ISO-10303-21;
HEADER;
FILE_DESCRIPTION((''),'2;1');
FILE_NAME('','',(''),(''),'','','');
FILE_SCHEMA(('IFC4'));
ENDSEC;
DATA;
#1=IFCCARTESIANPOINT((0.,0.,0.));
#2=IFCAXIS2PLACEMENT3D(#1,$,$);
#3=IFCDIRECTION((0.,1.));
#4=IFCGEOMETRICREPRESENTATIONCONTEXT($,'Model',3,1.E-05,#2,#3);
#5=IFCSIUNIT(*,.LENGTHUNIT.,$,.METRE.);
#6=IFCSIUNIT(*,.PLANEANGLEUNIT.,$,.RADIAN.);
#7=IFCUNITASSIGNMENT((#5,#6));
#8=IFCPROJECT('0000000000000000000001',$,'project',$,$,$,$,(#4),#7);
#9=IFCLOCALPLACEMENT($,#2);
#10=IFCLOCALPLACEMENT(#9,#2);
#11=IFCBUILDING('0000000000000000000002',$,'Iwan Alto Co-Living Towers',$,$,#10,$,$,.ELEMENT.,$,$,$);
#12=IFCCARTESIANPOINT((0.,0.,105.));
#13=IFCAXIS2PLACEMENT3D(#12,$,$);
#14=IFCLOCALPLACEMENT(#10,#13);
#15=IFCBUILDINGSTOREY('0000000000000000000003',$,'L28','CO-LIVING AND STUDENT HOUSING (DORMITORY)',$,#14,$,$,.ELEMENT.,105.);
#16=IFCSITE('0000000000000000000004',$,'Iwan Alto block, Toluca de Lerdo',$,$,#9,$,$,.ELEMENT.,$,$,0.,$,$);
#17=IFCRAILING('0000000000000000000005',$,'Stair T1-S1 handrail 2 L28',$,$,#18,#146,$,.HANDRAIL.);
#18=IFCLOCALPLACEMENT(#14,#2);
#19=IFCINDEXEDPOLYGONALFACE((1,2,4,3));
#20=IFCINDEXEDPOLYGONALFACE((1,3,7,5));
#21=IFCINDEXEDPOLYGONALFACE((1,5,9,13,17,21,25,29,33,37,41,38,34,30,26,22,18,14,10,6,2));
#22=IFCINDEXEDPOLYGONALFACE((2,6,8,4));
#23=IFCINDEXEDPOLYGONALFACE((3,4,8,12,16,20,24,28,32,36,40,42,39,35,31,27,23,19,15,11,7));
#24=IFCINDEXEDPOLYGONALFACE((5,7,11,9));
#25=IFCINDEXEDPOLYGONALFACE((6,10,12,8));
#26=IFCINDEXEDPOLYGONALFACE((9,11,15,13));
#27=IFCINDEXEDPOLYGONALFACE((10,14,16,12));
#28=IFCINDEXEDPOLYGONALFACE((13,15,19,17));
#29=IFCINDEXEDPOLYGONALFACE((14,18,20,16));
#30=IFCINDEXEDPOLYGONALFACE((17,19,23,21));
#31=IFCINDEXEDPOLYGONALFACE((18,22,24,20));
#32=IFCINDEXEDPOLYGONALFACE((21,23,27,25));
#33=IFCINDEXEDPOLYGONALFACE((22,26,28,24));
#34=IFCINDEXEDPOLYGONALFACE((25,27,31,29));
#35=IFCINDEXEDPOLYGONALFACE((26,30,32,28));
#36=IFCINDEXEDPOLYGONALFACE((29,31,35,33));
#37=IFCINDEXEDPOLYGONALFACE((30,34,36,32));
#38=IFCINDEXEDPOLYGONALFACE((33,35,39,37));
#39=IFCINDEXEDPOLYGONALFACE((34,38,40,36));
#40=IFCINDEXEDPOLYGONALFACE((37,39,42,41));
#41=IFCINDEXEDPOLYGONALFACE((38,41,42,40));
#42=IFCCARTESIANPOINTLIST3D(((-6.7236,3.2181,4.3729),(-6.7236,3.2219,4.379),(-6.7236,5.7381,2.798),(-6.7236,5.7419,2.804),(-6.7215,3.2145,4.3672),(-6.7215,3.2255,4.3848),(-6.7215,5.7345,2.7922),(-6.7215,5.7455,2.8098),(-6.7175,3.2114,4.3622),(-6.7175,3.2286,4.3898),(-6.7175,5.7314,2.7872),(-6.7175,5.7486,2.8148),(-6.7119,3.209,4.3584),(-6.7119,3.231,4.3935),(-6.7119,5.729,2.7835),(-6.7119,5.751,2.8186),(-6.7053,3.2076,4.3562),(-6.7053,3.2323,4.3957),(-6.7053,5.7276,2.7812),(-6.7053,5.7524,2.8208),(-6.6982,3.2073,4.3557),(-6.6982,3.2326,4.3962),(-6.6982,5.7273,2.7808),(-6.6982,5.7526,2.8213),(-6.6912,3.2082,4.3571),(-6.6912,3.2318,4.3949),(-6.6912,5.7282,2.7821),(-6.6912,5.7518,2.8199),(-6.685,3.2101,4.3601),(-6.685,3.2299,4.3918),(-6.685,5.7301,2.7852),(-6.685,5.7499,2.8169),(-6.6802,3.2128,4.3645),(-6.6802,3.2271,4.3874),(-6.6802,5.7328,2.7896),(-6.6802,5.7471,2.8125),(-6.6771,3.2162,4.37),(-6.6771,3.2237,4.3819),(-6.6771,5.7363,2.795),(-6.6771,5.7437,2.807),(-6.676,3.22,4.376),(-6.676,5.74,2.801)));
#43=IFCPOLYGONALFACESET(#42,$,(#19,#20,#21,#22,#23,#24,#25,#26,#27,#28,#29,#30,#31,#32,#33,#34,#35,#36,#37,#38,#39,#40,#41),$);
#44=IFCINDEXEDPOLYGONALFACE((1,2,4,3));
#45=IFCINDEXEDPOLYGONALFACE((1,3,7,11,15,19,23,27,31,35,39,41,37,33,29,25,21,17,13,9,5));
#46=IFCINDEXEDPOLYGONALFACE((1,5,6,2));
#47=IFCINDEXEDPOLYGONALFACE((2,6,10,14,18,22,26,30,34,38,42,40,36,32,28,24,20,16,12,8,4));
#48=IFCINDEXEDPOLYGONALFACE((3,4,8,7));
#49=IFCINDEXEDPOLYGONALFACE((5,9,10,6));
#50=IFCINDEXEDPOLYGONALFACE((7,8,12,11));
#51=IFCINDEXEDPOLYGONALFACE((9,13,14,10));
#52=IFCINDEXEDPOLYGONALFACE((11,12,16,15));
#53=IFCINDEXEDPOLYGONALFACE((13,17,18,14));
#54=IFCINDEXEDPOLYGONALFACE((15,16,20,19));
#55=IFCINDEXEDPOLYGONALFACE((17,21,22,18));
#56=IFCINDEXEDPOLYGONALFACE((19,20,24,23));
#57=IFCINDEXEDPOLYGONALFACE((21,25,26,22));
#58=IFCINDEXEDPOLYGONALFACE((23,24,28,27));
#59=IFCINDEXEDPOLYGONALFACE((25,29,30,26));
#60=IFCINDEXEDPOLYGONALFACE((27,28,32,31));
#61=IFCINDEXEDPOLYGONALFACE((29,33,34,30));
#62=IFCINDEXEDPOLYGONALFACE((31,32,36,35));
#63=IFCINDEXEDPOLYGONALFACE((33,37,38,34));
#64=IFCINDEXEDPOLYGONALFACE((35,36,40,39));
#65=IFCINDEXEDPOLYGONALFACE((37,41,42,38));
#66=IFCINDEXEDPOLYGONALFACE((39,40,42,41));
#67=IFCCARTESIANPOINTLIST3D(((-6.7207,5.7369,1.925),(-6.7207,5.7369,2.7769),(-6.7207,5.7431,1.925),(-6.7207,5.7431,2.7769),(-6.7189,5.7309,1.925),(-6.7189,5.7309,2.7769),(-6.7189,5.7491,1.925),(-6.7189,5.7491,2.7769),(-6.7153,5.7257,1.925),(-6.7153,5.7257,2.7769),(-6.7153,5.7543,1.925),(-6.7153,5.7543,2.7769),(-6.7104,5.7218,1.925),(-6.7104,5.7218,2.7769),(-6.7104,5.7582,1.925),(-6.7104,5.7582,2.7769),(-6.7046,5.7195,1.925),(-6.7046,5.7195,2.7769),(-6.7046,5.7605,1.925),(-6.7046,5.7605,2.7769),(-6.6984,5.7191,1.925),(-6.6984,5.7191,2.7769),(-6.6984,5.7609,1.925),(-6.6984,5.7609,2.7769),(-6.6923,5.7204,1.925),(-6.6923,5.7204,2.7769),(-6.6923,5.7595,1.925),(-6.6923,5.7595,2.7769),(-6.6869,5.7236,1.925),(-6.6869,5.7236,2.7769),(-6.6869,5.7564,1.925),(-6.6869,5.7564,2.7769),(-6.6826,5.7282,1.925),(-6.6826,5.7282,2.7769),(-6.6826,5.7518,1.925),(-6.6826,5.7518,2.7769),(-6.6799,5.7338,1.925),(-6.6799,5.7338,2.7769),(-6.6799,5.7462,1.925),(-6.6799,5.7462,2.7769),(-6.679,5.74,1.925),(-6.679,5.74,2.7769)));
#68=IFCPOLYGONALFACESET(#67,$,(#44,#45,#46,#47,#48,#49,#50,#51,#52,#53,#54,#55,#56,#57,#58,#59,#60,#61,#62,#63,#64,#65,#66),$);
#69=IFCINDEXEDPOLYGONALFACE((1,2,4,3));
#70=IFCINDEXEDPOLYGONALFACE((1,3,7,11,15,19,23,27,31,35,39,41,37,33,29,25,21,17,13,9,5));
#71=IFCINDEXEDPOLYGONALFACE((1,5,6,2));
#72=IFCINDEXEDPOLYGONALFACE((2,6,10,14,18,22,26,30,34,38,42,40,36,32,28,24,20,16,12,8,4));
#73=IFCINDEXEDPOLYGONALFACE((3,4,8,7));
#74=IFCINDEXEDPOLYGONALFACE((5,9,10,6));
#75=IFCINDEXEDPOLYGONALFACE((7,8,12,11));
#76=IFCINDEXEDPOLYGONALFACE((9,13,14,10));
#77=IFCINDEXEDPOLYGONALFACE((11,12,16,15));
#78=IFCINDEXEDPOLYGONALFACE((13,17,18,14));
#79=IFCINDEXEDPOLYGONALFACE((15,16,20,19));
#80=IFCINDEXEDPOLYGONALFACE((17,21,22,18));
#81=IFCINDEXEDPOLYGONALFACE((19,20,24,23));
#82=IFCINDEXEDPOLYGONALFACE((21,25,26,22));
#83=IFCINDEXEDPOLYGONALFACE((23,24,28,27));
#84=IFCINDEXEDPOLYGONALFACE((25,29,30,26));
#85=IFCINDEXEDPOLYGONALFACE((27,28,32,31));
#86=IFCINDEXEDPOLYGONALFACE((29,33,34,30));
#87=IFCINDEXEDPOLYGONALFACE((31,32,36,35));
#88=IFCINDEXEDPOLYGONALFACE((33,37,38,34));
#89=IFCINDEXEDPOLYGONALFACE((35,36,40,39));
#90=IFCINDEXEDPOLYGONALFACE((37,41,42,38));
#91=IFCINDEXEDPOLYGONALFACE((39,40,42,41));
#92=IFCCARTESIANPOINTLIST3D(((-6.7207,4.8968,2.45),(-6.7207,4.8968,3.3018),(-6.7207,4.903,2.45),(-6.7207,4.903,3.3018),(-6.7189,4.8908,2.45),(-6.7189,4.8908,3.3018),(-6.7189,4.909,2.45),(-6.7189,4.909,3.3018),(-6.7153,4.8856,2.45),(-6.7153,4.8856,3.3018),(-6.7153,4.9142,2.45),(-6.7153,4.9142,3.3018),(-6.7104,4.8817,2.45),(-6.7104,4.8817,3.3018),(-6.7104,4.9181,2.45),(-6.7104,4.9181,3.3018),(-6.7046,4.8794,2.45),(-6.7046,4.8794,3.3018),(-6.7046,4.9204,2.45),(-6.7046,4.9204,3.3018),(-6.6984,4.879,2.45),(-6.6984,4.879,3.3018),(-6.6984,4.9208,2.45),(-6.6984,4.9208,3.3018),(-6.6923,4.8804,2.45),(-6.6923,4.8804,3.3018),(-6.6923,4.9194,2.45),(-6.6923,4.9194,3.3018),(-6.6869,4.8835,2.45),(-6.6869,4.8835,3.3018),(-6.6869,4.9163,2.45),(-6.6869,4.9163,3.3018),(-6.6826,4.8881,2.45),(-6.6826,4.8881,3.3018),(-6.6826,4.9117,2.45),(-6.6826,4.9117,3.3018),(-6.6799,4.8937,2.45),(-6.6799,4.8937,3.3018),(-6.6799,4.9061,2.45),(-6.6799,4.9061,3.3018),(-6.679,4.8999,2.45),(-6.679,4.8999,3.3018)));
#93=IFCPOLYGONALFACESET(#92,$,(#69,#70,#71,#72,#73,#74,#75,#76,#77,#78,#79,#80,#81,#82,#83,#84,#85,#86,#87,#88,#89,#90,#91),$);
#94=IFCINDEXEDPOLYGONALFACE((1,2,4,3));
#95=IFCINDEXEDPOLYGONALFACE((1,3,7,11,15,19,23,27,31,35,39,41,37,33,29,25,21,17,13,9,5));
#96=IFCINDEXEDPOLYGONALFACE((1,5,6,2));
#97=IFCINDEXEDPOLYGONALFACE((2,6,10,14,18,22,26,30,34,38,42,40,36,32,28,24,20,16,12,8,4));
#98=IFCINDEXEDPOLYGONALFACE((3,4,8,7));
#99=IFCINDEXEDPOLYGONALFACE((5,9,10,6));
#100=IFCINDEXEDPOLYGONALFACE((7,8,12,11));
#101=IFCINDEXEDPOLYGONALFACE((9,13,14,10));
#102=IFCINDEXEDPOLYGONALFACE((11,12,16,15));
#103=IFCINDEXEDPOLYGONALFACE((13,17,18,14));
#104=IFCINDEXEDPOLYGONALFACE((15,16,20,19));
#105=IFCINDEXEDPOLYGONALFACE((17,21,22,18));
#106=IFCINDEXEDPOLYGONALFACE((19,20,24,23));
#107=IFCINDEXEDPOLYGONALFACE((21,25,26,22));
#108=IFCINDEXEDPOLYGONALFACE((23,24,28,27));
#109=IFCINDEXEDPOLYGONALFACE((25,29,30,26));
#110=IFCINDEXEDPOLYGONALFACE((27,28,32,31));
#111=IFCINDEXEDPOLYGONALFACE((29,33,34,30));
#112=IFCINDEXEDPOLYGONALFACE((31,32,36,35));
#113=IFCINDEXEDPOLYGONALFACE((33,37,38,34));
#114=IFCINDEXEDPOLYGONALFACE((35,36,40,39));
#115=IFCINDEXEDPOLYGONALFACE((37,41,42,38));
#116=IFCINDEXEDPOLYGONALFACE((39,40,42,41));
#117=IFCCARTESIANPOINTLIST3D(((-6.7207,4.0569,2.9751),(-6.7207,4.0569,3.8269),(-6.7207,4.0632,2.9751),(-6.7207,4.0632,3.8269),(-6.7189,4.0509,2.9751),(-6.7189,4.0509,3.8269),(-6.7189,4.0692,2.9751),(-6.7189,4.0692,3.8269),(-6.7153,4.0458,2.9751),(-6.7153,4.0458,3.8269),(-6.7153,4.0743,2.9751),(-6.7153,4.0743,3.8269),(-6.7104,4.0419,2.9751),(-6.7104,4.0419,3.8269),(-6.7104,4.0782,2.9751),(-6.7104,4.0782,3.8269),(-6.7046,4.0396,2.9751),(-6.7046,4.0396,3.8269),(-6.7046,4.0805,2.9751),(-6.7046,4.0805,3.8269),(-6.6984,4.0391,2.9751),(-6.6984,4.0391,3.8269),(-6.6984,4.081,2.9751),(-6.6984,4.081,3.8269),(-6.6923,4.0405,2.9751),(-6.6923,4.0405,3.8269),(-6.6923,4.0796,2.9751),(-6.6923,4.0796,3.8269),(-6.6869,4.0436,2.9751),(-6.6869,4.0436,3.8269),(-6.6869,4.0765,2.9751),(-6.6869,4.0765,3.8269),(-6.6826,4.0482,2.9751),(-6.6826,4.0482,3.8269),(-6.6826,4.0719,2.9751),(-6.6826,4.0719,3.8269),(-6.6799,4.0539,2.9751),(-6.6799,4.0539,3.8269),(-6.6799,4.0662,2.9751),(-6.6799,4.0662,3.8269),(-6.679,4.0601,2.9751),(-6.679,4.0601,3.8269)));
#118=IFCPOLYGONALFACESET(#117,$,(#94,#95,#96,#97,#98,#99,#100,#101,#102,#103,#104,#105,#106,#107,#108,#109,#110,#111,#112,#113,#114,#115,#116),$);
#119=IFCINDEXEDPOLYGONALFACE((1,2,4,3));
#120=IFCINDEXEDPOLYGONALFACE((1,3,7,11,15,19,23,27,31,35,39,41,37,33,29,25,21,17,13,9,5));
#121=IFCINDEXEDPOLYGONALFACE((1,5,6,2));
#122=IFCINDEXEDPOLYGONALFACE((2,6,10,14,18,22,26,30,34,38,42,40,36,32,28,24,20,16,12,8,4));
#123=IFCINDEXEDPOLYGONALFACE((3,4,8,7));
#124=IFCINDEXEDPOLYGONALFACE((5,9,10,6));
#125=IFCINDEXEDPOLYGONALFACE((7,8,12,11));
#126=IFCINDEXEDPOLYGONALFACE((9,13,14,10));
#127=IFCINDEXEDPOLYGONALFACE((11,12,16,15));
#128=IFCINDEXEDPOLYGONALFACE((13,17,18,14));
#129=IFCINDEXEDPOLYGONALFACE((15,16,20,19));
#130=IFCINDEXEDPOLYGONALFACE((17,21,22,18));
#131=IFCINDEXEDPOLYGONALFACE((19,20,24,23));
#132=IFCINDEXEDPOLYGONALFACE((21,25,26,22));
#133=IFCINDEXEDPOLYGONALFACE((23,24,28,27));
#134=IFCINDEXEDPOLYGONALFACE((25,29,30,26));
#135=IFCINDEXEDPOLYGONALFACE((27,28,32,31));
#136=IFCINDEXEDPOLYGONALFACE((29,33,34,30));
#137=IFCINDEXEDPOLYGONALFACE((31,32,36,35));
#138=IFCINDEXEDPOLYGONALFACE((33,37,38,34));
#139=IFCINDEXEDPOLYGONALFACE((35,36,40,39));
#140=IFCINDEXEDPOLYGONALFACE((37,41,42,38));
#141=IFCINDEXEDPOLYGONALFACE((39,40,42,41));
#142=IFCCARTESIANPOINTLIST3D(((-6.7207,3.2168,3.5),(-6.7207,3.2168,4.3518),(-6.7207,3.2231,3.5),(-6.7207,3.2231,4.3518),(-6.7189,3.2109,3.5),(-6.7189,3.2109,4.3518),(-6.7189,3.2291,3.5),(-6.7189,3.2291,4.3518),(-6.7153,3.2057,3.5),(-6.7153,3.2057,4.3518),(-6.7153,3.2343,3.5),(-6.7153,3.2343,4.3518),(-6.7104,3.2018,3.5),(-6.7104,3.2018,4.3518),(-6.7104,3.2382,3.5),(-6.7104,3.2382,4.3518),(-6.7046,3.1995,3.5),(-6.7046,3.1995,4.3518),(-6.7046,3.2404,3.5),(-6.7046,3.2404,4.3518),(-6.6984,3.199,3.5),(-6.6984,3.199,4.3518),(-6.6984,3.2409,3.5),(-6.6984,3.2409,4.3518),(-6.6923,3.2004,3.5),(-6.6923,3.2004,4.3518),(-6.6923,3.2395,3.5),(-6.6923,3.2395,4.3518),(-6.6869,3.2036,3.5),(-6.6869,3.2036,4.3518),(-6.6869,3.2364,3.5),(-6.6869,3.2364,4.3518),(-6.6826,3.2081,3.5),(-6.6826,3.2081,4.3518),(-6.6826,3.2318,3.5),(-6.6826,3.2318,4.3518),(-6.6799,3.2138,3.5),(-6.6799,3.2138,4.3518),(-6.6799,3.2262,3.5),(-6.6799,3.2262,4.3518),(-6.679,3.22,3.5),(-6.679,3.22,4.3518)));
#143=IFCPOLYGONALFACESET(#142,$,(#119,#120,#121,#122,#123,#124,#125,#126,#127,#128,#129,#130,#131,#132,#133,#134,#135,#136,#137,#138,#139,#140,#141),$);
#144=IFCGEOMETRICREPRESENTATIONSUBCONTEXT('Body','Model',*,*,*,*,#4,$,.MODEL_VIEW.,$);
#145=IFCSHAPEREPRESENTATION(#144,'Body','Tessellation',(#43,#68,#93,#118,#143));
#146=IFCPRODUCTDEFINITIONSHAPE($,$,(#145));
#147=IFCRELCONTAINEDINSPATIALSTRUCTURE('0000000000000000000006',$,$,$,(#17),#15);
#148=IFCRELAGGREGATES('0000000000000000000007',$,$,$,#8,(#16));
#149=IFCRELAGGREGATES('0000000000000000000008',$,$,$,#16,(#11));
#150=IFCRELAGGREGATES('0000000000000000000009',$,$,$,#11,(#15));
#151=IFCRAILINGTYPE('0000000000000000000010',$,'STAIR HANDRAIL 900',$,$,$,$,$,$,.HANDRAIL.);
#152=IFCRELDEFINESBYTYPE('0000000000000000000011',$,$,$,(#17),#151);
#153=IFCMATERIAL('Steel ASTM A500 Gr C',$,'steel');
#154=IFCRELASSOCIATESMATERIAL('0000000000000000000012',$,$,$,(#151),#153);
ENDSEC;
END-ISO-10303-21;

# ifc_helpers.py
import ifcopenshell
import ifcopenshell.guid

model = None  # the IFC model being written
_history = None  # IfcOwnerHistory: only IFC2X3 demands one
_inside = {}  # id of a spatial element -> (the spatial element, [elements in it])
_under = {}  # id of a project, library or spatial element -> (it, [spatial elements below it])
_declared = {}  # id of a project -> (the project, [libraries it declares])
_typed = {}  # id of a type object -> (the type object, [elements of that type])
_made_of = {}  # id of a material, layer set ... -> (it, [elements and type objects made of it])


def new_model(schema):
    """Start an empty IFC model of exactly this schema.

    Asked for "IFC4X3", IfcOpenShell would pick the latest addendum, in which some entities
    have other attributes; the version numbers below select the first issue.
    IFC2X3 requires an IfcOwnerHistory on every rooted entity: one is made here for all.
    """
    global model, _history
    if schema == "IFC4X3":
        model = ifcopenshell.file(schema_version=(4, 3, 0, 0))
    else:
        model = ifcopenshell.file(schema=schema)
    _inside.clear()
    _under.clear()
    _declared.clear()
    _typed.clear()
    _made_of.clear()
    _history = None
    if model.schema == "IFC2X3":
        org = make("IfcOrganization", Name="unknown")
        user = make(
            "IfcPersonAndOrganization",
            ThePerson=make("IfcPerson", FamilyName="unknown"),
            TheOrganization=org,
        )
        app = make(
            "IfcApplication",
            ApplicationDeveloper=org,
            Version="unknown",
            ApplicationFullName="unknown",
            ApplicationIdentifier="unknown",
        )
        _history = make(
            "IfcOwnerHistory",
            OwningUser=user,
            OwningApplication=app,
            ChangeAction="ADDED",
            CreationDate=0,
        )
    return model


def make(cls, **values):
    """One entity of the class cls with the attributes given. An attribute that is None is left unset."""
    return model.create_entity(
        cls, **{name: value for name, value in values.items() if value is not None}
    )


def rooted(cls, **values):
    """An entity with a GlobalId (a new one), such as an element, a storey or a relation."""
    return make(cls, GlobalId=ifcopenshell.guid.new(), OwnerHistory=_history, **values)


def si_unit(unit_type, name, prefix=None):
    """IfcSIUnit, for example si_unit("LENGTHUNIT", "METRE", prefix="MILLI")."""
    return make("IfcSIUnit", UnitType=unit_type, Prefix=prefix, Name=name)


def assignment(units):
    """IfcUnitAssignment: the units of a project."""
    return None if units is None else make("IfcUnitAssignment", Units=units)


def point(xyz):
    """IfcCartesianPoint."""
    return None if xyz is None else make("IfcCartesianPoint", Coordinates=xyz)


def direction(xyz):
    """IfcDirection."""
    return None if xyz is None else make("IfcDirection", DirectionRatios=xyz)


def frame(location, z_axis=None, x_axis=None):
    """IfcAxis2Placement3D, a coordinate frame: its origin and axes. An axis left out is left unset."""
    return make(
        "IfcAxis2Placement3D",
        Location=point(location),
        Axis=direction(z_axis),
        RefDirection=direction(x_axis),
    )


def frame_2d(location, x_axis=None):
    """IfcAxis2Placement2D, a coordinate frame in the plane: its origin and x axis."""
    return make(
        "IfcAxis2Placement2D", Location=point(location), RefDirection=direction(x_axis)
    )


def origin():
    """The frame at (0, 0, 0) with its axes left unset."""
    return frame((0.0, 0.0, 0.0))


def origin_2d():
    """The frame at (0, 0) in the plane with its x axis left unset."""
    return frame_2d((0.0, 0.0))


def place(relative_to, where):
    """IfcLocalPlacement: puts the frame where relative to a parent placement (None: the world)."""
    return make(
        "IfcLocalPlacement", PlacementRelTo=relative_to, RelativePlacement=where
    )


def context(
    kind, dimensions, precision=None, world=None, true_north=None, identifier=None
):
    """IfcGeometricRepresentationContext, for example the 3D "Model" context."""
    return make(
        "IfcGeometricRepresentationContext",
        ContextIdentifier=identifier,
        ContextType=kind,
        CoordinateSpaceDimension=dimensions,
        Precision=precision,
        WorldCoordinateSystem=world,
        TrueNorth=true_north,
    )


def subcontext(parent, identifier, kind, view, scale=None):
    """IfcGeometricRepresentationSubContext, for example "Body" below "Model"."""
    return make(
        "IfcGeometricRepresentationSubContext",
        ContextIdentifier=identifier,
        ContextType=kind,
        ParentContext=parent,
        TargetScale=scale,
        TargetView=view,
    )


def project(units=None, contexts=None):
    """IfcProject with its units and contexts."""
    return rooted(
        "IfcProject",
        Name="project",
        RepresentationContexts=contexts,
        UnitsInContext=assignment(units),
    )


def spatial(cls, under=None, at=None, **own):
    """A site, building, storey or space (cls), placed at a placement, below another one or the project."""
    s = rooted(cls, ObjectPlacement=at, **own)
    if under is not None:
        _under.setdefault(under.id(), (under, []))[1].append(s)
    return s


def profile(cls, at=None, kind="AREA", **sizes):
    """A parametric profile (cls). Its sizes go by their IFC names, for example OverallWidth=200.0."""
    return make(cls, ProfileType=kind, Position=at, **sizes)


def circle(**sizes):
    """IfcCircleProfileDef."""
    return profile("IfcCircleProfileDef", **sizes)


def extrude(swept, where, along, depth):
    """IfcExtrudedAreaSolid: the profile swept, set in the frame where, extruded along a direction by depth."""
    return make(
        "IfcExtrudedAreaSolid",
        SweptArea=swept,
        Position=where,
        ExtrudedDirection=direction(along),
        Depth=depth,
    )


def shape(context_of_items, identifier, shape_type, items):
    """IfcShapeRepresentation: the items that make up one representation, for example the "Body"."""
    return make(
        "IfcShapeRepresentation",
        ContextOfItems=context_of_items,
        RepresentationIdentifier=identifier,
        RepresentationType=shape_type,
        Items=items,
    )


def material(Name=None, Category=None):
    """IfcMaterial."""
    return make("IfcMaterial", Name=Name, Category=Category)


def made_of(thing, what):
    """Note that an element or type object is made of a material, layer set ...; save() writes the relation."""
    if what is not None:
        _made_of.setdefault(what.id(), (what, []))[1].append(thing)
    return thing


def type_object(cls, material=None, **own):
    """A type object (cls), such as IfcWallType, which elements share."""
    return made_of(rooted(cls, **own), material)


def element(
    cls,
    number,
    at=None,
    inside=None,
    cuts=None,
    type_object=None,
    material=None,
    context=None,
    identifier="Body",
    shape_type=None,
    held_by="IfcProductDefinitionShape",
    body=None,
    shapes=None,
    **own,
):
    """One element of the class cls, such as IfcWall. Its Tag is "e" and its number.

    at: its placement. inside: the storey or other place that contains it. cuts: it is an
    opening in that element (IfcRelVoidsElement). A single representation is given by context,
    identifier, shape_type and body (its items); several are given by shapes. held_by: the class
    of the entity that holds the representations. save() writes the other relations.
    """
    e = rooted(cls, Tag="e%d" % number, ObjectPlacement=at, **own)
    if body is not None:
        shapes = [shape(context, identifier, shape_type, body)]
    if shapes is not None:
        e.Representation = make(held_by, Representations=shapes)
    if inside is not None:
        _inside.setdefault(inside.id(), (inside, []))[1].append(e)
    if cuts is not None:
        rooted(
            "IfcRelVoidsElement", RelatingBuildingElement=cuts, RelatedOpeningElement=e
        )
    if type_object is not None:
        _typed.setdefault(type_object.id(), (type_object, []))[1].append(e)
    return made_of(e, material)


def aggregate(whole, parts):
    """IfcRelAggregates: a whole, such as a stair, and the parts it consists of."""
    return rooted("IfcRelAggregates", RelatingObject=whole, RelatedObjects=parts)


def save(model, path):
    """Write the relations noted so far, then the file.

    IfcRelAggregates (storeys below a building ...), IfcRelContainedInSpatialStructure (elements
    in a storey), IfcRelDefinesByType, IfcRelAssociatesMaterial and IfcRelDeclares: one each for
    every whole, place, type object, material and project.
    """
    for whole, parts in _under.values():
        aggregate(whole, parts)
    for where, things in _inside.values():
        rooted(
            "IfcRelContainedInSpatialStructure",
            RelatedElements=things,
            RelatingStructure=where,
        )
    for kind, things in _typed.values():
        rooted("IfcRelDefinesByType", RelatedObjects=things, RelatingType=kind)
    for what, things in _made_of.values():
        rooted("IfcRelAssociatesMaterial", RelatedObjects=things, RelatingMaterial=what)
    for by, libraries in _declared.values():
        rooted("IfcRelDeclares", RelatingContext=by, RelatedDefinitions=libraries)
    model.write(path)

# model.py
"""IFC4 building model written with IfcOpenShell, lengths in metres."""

from ifc_helpers import new_model, si_unit, direction, frame, origin, origin_2d, place, context, subcontext, project, spatial, circle, extrude, material, type_object, element, save


model = new_model("IFC4")

# Units and contexts
model_context = context("Model", 3, precision=1e-05, world=origin(), true_north=direction((0.0, 1.0)))
body_context = subcontext(model_context, "Body", "Model", "MODEL_VIEW")
ifc_project = project(units=[si_unit("LENGTHUNIT", "METRE"), si_unit("PLANEANGLEUNIT", "RADIAN")], contexts=[model_context])

# Site, building, storey
site_placement = place(None, origin())
site = spatial("IfcSite", under=ifc_project, at=site_placement, Name="Iwan Alto block, Toluca de Lerdo", CompositionType="ELEMENT", RefElevation=0.0)
building_placement = place(site_placement, origin())
building = spatial("IfcBuilding", under=site, at=building_placement, Name="Iwan Alto Co-Living Towers", CompositionType="ELEMENT")
storey_placement = place(building_placement, frame((0.0, 0.0, 105.0)))
storey = spatial("IfcBuildingStorey", under=building, at=storey_placement, Name="L28", Description="CO-LIVING AND STUDENT HOUSING (DORMITORY)", CompositionType="ELEMENT", Elevation=105.0)

# Railing
ifc_material_1 = material(Name="Steel ASTM A500 Gr C", Category="steel")
railing_type_1 = type_object("IfcRailingType", Name="STAIR HANDRAIL 900", PredefinedType="HANDRAIL", material=ifc_material_1)
railing_1_placement = place(storey_placement, frame((-6.7, 5.74, 1.925)))
element("IfcRailing", 1, at=railing_1_placement, inside=storey, type_object=railing_type_1, Name="Stair T1-S1 handrail 2 L28", PredefinedType="HANDRAIL", context=body_context, shape_type="SweptSolid", body=[
    extrude(circle(Radius=0.0239, at=origin_2d()), frame((0.0, 0.0, 0.876), z_axis=(0.0, -0.848008, 0.529984), x_axis=(1.0, 0.0, 0.0)), (0.0, 0.0, 1.0), 2.9717),
    extrude(circle(Radius=0.021, at=origin_2d()), origin(), (0.0, 0.0, 1.0), 0.8518),
    extrude(circle(Radius=0.021, at=origin_2d()), frame((0.0, -0.8401, 0.5249)), (0.0, 0.0, 1.0), 0.8518),
    extrude(circle(Radius=0.021, at=origin_2d()), frame((0.0, -1.6799, 1.05)), (0.0, 0.0, 1.0), 0.8518),
    extrude(circle(Radius=0.021, at=origin_2d()), frame((0.0, -2.52, 1.575)), (0.0, 0.0, 1.0), 0.8518),
])

save(model, "model.ifc")
